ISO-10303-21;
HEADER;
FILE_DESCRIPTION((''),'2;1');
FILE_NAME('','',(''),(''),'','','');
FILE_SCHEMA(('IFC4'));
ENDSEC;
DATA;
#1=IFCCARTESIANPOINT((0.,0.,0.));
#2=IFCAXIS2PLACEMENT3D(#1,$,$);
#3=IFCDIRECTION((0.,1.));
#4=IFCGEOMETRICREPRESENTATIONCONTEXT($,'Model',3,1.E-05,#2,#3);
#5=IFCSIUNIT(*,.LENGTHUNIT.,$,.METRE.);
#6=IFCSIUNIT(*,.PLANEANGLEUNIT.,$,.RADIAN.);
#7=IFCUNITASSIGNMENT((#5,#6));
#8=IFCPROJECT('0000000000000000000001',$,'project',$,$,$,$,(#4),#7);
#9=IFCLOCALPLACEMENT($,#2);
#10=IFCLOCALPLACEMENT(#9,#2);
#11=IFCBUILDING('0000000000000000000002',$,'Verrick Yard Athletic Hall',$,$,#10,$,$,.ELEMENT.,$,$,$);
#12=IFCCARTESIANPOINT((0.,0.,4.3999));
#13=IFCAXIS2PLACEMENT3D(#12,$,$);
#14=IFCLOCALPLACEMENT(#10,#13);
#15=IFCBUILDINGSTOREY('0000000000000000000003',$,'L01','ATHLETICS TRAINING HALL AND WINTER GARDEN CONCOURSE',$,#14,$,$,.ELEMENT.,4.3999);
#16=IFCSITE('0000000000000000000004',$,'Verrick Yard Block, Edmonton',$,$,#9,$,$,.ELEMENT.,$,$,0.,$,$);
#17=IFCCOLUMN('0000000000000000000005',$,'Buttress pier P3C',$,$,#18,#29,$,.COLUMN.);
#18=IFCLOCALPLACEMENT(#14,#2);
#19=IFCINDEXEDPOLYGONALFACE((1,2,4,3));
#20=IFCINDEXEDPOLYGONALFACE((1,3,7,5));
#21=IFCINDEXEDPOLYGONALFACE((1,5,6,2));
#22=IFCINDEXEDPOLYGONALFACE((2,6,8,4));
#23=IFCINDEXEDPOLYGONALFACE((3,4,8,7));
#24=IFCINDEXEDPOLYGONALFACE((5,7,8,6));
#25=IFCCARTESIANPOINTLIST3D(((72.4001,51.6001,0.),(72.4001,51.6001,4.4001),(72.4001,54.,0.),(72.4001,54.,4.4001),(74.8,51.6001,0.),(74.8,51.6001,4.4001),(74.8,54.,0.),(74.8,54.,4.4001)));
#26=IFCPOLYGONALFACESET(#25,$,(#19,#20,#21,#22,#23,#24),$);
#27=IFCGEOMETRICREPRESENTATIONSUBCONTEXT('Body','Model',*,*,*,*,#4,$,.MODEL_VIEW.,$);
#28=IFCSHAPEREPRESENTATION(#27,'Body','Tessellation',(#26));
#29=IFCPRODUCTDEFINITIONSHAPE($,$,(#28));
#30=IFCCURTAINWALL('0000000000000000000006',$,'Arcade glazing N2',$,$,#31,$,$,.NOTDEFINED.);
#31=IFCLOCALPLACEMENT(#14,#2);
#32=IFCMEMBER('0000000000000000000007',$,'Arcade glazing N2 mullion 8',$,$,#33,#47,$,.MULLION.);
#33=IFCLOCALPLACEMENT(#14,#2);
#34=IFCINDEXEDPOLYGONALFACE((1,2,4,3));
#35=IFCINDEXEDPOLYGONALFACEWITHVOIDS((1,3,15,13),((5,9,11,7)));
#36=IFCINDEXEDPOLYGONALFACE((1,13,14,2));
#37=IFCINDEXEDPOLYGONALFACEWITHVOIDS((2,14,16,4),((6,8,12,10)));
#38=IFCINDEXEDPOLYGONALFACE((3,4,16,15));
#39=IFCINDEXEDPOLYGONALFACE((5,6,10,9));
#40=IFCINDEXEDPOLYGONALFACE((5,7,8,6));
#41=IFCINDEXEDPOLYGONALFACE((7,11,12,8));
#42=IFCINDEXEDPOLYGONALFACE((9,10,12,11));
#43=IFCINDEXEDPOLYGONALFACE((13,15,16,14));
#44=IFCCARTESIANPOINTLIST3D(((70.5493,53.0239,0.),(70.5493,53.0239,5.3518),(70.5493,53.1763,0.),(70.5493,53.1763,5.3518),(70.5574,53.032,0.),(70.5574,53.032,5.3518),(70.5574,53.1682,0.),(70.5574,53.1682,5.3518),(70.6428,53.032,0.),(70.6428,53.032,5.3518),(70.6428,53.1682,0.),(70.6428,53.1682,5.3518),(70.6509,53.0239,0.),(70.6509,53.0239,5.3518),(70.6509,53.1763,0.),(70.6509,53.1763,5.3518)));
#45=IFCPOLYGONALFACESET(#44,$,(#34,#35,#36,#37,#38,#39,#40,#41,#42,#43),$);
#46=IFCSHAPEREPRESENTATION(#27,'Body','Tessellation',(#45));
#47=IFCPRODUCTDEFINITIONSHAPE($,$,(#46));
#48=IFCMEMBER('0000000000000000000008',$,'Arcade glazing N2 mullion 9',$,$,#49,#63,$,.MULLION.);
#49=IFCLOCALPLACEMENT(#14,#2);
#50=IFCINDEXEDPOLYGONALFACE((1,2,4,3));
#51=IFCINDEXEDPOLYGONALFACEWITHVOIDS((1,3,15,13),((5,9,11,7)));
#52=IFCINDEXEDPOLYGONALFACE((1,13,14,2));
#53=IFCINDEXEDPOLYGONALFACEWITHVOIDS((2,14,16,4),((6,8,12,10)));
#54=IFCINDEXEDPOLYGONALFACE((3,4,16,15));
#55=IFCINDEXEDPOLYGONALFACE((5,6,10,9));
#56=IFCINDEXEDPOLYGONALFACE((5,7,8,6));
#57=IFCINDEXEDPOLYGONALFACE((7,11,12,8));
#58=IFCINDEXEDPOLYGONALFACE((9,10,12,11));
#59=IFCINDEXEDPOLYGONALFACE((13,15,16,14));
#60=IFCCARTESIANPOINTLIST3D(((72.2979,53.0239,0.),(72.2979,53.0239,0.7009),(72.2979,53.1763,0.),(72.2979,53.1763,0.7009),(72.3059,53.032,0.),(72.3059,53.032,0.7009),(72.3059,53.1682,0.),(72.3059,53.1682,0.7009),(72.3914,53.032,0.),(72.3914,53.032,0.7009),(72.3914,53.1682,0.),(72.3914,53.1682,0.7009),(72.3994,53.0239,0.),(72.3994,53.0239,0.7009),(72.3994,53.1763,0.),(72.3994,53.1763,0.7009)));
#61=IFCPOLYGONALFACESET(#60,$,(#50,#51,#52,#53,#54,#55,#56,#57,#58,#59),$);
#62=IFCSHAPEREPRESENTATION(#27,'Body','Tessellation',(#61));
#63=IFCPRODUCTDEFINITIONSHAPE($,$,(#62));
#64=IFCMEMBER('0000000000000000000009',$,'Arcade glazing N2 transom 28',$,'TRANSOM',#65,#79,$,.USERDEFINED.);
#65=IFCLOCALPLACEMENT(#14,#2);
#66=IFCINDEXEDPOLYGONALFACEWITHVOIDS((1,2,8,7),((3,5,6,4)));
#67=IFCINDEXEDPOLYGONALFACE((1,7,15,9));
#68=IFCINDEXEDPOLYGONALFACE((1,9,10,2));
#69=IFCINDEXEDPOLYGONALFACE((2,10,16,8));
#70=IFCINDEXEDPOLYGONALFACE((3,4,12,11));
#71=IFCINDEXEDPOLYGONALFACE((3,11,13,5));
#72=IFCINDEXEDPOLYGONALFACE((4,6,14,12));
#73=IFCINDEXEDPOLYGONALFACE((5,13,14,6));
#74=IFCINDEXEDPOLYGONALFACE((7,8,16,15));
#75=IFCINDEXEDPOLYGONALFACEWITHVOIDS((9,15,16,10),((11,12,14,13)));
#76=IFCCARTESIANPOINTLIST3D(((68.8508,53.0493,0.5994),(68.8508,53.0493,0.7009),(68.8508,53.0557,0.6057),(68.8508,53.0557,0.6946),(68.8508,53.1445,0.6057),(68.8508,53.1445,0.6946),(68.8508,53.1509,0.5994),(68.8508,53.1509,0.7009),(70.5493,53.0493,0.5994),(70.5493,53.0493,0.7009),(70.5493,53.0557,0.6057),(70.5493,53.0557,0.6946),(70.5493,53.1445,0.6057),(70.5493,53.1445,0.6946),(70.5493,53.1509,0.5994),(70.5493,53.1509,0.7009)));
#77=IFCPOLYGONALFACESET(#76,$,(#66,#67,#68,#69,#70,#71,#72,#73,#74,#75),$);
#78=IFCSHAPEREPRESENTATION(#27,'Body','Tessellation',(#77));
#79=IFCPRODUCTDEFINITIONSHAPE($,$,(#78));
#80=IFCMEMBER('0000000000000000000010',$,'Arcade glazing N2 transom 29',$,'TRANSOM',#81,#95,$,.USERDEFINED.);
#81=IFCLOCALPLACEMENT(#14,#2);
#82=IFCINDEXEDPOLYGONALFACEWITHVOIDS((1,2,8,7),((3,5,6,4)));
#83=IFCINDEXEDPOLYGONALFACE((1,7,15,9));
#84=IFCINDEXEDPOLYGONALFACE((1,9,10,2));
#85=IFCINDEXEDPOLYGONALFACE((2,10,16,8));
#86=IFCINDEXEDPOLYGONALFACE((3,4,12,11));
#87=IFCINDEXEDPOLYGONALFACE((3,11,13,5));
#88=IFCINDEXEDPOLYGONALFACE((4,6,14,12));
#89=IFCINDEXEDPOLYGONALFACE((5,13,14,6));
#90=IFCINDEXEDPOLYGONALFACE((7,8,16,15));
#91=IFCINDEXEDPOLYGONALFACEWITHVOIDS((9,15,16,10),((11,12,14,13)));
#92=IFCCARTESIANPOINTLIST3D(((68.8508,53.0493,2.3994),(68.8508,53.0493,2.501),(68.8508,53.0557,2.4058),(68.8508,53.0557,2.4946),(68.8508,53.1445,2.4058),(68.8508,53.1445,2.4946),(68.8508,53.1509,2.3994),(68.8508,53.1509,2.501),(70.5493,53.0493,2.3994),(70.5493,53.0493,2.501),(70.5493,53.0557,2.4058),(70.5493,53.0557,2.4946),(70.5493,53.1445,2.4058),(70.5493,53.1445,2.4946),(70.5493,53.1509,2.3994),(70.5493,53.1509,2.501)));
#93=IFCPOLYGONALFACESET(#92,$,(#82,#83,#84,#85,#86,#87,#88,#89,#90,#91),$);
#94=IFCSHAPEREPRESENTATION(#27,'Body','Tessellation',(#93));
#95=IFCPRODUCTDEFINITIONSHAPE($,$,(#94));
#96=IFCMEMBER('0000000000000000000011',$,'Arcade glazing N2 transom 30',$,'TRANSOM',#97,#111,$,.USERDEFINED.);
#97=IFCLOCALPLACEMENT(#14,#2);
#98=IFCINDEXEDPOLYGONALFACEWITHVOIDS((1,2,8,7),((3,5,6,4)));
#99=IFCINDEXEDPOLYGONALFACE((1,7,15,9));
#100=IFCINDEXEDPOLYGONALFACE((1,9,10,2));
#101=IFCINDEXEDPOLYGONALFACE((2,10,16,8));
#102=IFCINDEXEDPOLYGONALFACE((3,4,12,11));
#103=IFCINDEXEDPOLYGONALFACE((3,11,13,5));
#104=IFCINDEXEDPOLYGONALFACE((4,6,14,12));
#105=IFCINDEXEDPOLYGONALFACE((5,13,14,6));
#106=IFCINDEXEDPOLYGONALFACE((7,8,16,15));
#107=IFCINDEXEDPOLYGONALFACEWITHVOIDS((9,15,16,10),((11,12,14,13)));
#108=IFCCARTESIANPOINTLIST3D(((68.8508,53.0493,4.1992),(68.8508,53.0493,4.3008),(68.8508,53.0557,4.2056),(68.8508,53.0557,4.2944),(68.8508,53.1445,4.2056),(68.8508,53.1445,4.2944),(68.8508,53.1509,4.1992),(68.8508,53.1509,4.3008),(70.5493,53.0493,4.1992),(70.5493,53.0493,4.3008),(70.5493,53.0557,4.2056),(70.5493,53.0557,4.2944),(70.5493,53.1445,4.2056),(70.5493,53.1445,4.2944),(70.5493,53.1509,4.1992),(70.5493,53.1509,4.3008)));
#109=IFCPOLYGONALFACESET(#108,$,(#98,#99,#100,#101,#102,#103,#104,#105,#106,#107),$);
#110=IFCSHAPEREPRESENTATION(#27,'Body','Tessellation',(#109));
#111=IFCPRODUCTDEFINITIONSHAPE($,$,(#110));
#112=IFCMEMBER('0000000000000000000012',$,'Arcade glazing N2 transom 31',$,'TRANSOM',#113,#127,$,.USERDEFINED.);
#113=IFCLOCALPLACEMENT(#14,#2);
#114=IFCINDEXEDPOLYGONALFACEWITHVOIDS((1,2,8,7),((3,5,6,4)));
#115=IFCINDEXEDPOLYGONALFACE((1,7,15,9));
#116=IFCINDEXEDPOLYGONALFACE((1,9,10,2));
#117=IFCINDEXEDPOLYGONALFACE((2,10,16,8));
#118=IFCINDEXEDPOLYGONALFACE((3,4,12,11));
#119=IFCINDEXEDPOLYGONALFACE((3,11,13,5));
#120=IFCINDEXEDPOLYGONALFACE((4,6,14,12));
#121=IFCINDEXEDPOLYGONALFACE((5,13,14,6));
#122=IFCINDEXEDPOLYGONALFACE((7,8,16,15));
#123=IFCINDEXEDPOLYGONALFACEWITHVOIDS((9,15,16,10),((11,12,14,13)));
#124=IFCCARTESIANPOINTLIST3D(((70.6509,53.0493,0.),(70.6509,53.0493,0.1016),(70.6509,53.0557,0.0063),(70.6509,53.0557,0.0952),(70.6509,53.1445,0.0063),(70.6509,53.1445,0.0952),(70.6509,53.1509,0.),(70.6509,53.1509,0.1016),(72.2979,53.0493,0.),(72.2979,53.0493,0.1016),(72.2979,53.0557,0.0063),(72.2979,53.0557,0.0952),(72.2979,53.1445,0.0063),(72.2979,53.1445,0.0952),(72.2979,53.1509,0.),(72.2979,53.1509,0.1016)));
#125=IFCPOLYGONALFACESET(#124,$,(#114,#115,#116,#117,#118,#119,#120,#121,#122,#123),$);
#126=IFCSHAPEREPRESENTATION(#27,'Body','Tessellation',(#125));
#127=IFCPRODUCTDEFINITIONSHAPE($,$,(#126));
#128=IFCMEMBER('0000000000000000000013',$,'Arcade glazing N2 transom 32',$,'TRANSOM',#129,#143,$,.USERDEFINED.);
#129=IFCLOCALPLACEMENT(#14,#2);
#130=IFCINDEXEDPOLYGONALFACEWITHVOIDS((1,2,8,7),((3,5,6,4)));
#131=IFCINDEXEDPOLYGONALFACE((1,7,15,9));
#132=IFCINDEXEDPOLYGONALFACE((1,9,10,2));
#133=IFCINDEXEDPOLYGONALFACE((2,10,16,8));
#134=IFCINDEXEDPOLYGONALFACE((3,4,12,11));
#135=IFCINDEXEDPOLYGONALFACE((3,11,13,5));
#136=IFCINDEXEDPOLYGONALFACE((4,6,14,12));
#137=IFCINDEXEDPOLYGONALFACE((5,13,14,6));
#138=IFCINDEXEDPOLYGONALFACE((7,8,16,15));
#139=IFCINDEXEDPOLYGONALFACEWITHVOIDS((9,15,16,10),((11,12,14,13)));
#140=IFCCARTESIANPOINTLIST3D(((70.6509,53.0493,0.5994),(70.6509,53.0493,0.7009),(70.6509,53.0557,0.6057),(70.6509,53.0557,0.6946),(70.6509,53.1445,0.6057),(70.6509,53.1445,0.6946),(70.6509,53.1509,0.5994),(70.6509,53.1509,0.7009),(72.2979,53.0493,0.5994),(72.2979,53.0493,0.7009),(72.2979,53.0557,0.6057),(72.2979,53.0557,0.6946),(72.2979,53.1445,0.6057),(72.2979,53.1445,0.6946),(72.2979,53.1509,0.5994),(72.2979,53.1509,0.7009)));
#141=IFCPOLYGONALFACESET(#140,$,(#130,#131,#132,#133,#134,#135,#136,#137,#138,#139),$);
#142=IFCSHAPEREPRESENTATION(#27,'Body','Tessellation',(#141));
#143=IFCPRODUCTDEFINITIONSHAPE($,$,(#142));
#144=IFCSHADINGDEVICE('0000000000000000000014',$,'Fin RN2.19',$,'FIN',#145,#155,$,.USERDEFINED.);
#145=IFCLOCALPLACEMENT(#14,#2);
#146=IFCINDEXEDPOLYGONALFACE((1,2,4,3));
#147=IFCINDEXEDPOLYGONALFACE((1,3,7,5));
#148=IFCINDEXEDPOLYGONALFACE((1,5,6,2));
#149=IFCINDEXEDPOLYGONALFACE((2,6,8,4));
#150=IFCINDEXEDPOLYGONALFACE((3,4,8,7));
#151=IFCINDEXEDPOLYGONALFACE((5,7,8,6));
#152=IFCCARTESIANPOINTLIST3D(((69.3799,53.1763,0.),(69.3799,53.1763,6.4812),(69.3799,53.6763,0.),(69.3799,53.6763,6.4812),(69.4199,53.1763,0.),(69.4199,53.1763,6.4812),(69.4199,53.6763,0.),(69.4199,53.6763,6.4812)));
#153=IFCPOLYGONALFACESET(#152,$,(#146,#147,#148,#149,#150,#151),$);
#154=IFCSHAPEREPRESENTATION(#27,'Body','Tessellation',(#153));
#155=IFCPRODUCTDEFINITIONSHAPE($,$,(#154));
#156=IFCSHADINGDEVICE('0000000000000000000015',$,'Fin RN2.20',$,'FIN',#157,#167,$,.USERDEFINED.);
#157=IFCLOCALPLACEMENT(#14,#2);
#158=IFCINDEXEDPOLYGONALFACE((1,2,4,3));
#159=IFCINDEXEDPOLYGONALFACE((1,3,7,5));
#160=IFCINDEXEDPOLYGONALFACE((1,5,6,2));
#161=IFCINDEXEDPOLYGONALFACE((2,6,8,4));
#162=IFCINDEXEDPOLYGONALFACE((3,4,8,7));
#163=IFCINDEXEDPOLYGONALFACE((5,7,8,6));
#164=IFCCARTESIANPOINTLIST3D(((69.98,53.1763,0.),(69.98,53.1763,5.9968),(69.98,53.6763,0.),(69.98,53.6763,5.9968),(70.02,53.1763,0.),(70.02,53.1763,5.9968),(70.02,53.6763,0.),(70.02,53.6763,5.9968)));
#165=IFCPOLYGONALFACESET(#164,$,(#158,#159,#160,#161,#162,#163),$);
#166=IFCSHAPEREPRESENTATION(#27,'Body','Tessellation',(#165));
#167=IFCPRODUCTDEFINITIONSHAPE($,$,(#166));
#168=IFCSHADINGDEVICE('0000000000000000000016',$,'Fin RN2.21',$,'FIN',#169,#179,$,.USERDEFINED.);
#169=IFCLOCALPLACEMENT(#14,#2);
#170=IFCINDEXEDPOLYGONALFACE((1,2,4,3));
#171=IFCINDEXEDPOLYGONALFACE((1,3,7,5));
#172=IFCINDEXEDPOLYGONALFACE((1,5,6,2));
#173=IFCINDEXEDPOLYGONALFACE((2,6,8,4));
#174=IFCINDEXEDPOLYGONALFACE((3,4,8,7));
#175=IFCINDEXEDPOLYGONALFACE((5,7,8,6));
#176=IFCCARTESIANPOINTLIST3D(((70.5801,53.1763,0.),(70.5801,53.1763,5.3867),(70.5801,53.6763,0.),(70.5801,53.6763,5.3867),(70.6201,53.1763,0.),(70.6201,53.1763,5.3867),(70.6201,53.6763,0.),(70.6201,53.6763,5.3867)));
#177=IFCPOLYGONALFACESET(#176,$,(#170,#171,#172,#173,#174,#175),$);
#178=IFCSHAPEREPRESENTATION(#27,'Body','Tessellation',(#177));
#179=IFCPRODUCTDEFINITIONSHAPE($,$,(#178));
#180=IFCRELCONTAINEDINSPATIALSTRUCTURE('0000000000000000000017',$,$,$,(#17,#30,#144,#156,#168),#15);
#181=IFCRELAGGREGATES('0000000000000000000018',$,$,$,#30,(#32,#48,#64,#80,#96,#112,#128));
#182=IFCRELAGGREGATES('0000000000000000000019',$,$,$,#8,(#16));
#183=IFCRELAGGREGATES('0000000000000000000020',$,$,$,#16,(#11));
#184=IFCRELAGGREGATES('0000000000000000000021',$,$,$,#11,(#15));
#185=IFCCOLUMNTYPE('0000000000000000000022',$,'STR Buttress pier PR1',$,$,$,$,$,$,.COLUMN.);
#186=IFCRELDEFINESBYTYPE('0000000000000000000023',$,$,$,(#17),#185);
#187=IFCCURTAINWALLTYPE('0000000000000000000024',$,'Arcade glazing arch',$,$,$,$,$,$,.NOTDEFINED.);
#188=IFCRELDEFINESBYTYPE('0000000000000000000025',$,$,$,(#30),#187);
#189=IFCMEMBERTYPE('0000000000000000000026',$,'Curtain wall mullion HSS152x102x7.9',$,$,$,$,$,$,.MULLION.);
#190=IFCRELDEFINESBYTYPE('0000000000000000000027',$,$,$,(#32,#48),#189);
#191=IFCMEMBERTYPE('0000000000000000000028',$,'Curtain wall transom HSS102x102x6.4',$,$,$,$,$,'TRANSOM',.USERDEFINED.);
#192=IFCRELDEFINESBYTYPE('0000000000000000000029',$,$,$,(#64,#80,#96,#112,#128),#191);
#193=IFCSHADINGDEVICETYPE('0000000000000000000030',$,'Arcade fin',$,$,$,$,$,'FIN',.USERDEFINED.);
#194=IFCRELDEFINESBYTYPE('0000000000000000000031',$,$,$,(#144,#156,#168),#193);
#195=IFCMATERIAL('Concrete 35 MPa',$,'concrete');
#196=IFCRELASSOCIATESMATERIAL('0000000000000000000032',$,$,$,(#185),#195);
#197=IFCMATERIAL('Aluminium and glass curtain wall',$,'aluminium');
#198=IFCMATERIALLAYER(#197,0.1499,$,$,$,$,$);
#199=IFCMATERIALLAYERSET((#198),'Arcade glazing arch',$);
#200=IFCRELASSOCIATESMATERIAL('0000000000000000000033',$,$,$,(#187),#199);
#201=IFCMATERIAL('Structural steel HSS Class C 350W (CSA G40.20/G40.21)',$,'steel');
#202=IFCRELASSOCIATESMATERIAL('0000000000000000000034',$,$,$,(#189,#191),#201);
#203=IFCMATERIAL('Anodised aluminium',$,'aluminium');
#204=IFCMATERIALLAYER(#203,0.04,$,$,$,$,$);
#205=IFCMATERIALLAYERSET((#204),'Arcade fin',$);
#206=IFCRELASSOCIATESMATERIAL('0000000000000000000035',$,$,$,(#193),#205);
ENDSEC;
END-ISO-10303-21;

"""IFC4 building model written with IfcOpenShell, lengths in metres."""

from ifc_helpers import new_model, si_unit, direction, frame, origin, origin_2d, place, context, subcontext, project, spatial, polyline, rectangle, hollow_rectangle, outline, extrude, material, layer, layer_set, material_profile, profile_set, type_object, element, aggregate, save


model = new_model("IFC4")

# Units and contexts
model_context = context("Model", 3, precision=1e-05, world=origin(), true_north=direction((0.0, 1.0)))
body_context = subcontext(model_context, "Body", "Model", "MODEL_VIEW")
ifc_project = project(units=[si_unit("LENGTHUNIT", "METRE"), si_unit("PLANEANGLEUNIT", "RADIAN")], contexts=[model_context])

# Site, building, storey
site_placement = place(None, origin())
site = spatial("IfcSite", under=ifc_project, at=site_placement, Name="Verrick Yard Block, Edmonton", CompositionType="ELEMENT", RefElevation=0.0)
building_placement = place(site_placement, origin())
building = spatial("IfcBuilding", under=site, at=building_placement, Name="Verrick Yard Athletic Hall", CompositionType="ELEMENT")
storey_placement = place(building_placement, frame((0.0, 0.0, 4.3999)))
storey = spatial("IfcBuildingStorey", under=building, at=storey_placement, Name="L01", Description="ATHLETICS TRAINING HALL AND WINTER GARDEN CONCOURSE", CompositionType="ELEMENT", Elevation=4.3999)

# Column
ifc_material_1 = material(Name="Concrete 35 MPa", Category="concrete")
ifc_material_profile_1 = material_profile(ifc_material_1, rectangle(XDim=2.3999, YDim=2.3999, at=origin_2d()), Name="STR Buttress pier PR1")
ifc_profile_set_1 = profile_set([ifc_material_profile_1], Name="Concrete 35 MPa")
column_type = type_object("IfcColumnType", Name="STR Buttress pier PR1", PredefinedType="COLUMN", material=ifc_profile_set_1)
column_placement = place(storey_placement, frame((73.6001, 52.8, 0.0), z_axis=(0.0, 0.0, 1.0), x_axis=(1.0, 0.0, 0.0)))
element("IfcColumn", 1, at=column_placement, inside=storey, type_object=column_type, Name="Buttress pier P3C", PredefinedType="COLUMN", context=body_context, shape_type="SweptSolid", body=[
    extrude(rectangle(XDim=2.3999, YDim=2.3999, at=origin_2d()), origin(), (0.0, 0.0, 1.0), 4.4001),
])

# Curtain wall, members
ifc_material_2 = material(Name="Aluminium and glass curtain wall", Category="aluminium")
ifc_layer_1 = layer(ifc_material_2, 0.1499)
ifc_layer_set_1 = layer_set([ifc_layer_1], Name="Arcade glazing arch")
curtain_wall_type = type_object("IfcCurtainWallType", Name="Arcade glazing arch", PredefinedType="NOTDEFINED", material=ifc_layer_set_1)
curtain_wall_1_placement = place(storey_placement, origin())
curtain_wall_1 = element("IfcCurtainWall", 2, at=curtain_wall_1_placement, inside=storey, type_object=curtain_wall_type, Name="Arcade glazing N2", PredefinedType="NOTDEFINED")
ifc_material_3 = material(Name="Structural steel HSS Class C 350W (CSA G40.20/G40.21)", Category="steel")
ifc_material_profile_2 = material_profile(ifc_material_3, hollow_rectangle(XDim=0.1016, YDim=0.1523, WallThickness=0.0081, at=origin_2d()), Name="HSS152x102x7.9")
ifc_profile_set_2 = profile_set([ifc_material_profile_2], Name="Structural steel HSS Class C 350W (CSA G40.20/G40.21)")
member_type_1 = type_object("IfcMemberType", Name="Curtain wall mullion HSS152x102x7.9", PredefinedType="MULLION", material=ifc_profile_set_2)
member_1_placement = place(storey_placement, frame((70.6001, 53.1001, 0.0), z_axis=(0.0, 0.0, 1.0), x_axis=(1.0, 0.0, 0.0)))
member_1 = element("IfcMember", 3, at=member_1_placement, type_object=member_type_1, Name="Arcade glazing N2 mullion 8", PredefinedType="MULLION", context=body_context, shape_type="SweptSolid", body=[
    extrude(hollow_rectangle(XDim=0.1016, YDim=0.1523, WallThickness=0.0081, at=origin_2d()), origin(), (0.0, 0.0, 1.0), 5.3518),
])
member_2_placement = place(storey_placement, frame((72.3486, 53.1001, 0.0), z_axis=(0.0, 0.0, 1.0), x_axis=(1.0, 0.0, 0.0)))
member_2 = element("IfcMember", 4, at=member_2_placement, type_object=member_type_1, Name="Arcade glazing N2 mullion 9", PredefinedType="MULLION", context=body_context, shape_type="SweptSolid", body=[
    extrude(hollow_rectangle(XDim=0.1016, YDim=0.1523, WallThickness=0.0081, at=origin_2d()), origin(), (0.0, 0.0, 1.0), 0.7009),
])
ifc_material_profile_3 = material_profile(ifc_material_3, hollow_rectangle(XDim=0.1016, YDim=0.1016, WallThickness=0.0063, at=origin_2d()), Name="HSS102x102x6.4")
ifc_profile_set_3 = profile_set([ifc_material_profile_3], Name="Structural steel HSS Class C 350W (CSA G40.20/G40.21)")
member_type_2 = type_object("IfcMemberType", Name="Curtain wall transom HSS102x102x6.4", ElementType="TRANSOM", PredefinedType="USERDEFINED", material=ifc_profile_set_3)
member_3_placement = place(storey_placement, frame((68.8508, 53.1001, 0.6501), z_axis=(1.0, 0.0, 0.0), x_axis=(0.0, 1.0, 0.0)))
member_3 = element("IfcMember", 5, at=member_3_placement, type_object=member_type_2, Name="Arcade glazing N2 transom 28", ObjectType="TRANSOM", PredefinedType="USERDEFINED", context=body_context, shape_type="SweptSolid", body=[
    extrude(hollow_rectangle(XDim=0.1016, YDim=0.1016, WallThickness=0.0063, at=origin_2d()), origin(), (0.0, 0.0, 1.0), 1.6985),
])
member_4_placement = place(storey_placement, frame((68.8508, 53.1001, 2.4502), z_axis=(1.0, 0.0, 0.0), x_axis=(0.0, 1.0, 0.0)))
member_4 = element("IfcMember", 6, at=member_4_placement, type_object=member_type_2, Name="Arcade glazing N2 transom 29", ObjectType="TRANSOM", PredefinedType="USERDEFINED", context=body_context, shape_type="SweptSolid", body=[
    extrude(hollow_rectangle(XDim=0.1016, YDim=0.1016, WallThickness=0.0063, at=origin_2d()), origin(), (0.0, 0.0, 1.0), 1.6985),
])
member_5_placement = place(storey_placement, frame((68.8508, 53.1001, 4.25), z_axis=(1.0, 0.0, 0.0), x_axis=(0.0, 1.0, 0.0)))
member_5 = element("IfcMember", 7, at=member_5_placement, type_object=member_type_2, Name="Arcade glazing N2 transom 30", ObjectType="TRANSOM", PredefinedType="USERDEFINED", context=body_context, shape_type="SweptSolid", body=[
    extrude(hollow_rectangle(XDim=0.1016, YDim=0.1016, WallThickness=0.0063, at=origin_2d()), origin(), (0.0, 0.0, 1.0), 1.6985),
])
member_6_placement = place(storey_placement, frame((70.6509, 53.1001, 0.0508), z_axis=(1.0, 0.0, 0.0), x_axis=(0.0, 1.0, 0.0)))
member_6 = element("IfcMember", 8, at=member_6_placement, type_object=member_type_2, Name="Arcade glazing N2 transom 31", ObjectType="TRANSOM", PredefinedType="USERDEFINED", context=body_context, shape_type="SweptSolid", body=[
    extrude(hollow_rectangle(XDim=0.1016, YDim=0.1016, WallThickness=0.0063, at=origin_2d()), origin(), (0.0, 0.0, 1.0), 1.647),
])
member_7_placement = place(storey_placement, frame((70.6509, 53.1001, 0.6501), z_axis=(1.0, 0.0, 0.0), x_axis=(0.0, 1.0, 0.0)))
member_7 = element("IfcMember", 9, at=member_7_placement, type_object=member_type_2, Name="Arcade glazing N2 transom 32", ObjectType="TRANSOM", PredefinedType="USERDEFINED", context=body_context, shape_type="SweptSolid", body=[
    extrude(hollow_rectangle(XDim=0.1016, YDim=0.1016, WallThickness=0.0063, at=origin_2d()), origin(), (0.0, 0.0, 1.0), 1.647),
])
aggregate(curtain_wall_1, [member_1, member_2, member_3, member_4, member_5, member_6, member_7])

# Shading devices
ifc_material_4 = material(Name="Anodised aluminium", Category="aluminium")
ifc_layer_2 = layer(ifc_material_4, 0.04)
ifc_layer_set_2 = layer_set([ifc_layer_2], Name="Arcade fin")
shading_device_type = type_object("IfcShadingDeviceType", Name="Arcade fin", ElementType="FIN", PredefinedType="USERDEFINED", material=ifc_layer_set_2)
shading_device_1_placement = place(storey_placement, frame((69.3999, 53.1763, 0.0), z_axis=(0.0, 0.0, 1.0), x_axis=(0.0, 1.0, 0.0)))
element("IfcShadingDevice", 10, at=shading_device_1_placement, inside=storey, type_object=shading_device_type, Name="Fin RN2.19", ObjectType="FIN", PredefinedType="USERDEFINED", context=body_context, shape_type="SweptSolid", body=[
    extrude(outline(polyline([(0.0, 0.0), (0.5, 0.0), (0.5, 6.4812), (0.0, 6.4812), (0.0, 0.0)])), frame((0.0, 0.02, 0.0), z_axis=(0.0, -1.0, 0.0), x_axis=(1.0, 0.0, 0.0)), (0.0, 0.0, 1.0), 0.04),
])
shading_device_2_placement = place(storey_placement, frame((70.0, 53.1763, 0.0), z_axis=(0.0, 0.0, 1.0), x_axis=(0.0, 1.0, 0.0)))
element("IfcShadingDevice", 11, at=shading_device_2_placement, inside=storey, type_object=shading_device_type, Name="Fin RN2.20", ObjectType="FIN", PredefinedType="USERDEFINED", context=body_context, shape_type="SweptSolid", body=[
    extrude(outline(polyline([(0.0, 0.0), (0.5, 0.0), (0.5, 5.9968), (0.0, 5.9968), (0.0, 0.0)])), frame((0.0, 0.02, 0.0), z_axis=(0.0, -1.0, 0.0), x_axis=(1.0, 0.0, 0.0)), (0.0, 0.0, 1.0), 0.04),
])
shading_device_3_placement = place(storey_placement, frame((70.6001, 53.1763, 0.0), z_axis=(0.0, 0.0, 1.0), x_axis=(0.0, 1.0, 0.0)))
element("IfcShadingDevice", 12, at=shading_device_3_placement, inside=storey, type_object=shading_device_type, Name="Fin RN2.21", ObjectType="FIN", PredefinedType="USERDEFINED", context=body_context, shape_type="SweptSolid", body=[
    extrude(outline(polyline([(0.0, 0.0), (0.5, 0.0), (0.5, 5.3867), (0.0, 5.3867), (0.0, 0.0)])), frame((0.0, 0.02, 0.0), z_axis=(0.0, -1.0, 0.0), x_axis=(1.0, 0.0, 0.0)), (0.0, 0.0, 1.0), 0.04),
])

save(model, "model.ifc")
